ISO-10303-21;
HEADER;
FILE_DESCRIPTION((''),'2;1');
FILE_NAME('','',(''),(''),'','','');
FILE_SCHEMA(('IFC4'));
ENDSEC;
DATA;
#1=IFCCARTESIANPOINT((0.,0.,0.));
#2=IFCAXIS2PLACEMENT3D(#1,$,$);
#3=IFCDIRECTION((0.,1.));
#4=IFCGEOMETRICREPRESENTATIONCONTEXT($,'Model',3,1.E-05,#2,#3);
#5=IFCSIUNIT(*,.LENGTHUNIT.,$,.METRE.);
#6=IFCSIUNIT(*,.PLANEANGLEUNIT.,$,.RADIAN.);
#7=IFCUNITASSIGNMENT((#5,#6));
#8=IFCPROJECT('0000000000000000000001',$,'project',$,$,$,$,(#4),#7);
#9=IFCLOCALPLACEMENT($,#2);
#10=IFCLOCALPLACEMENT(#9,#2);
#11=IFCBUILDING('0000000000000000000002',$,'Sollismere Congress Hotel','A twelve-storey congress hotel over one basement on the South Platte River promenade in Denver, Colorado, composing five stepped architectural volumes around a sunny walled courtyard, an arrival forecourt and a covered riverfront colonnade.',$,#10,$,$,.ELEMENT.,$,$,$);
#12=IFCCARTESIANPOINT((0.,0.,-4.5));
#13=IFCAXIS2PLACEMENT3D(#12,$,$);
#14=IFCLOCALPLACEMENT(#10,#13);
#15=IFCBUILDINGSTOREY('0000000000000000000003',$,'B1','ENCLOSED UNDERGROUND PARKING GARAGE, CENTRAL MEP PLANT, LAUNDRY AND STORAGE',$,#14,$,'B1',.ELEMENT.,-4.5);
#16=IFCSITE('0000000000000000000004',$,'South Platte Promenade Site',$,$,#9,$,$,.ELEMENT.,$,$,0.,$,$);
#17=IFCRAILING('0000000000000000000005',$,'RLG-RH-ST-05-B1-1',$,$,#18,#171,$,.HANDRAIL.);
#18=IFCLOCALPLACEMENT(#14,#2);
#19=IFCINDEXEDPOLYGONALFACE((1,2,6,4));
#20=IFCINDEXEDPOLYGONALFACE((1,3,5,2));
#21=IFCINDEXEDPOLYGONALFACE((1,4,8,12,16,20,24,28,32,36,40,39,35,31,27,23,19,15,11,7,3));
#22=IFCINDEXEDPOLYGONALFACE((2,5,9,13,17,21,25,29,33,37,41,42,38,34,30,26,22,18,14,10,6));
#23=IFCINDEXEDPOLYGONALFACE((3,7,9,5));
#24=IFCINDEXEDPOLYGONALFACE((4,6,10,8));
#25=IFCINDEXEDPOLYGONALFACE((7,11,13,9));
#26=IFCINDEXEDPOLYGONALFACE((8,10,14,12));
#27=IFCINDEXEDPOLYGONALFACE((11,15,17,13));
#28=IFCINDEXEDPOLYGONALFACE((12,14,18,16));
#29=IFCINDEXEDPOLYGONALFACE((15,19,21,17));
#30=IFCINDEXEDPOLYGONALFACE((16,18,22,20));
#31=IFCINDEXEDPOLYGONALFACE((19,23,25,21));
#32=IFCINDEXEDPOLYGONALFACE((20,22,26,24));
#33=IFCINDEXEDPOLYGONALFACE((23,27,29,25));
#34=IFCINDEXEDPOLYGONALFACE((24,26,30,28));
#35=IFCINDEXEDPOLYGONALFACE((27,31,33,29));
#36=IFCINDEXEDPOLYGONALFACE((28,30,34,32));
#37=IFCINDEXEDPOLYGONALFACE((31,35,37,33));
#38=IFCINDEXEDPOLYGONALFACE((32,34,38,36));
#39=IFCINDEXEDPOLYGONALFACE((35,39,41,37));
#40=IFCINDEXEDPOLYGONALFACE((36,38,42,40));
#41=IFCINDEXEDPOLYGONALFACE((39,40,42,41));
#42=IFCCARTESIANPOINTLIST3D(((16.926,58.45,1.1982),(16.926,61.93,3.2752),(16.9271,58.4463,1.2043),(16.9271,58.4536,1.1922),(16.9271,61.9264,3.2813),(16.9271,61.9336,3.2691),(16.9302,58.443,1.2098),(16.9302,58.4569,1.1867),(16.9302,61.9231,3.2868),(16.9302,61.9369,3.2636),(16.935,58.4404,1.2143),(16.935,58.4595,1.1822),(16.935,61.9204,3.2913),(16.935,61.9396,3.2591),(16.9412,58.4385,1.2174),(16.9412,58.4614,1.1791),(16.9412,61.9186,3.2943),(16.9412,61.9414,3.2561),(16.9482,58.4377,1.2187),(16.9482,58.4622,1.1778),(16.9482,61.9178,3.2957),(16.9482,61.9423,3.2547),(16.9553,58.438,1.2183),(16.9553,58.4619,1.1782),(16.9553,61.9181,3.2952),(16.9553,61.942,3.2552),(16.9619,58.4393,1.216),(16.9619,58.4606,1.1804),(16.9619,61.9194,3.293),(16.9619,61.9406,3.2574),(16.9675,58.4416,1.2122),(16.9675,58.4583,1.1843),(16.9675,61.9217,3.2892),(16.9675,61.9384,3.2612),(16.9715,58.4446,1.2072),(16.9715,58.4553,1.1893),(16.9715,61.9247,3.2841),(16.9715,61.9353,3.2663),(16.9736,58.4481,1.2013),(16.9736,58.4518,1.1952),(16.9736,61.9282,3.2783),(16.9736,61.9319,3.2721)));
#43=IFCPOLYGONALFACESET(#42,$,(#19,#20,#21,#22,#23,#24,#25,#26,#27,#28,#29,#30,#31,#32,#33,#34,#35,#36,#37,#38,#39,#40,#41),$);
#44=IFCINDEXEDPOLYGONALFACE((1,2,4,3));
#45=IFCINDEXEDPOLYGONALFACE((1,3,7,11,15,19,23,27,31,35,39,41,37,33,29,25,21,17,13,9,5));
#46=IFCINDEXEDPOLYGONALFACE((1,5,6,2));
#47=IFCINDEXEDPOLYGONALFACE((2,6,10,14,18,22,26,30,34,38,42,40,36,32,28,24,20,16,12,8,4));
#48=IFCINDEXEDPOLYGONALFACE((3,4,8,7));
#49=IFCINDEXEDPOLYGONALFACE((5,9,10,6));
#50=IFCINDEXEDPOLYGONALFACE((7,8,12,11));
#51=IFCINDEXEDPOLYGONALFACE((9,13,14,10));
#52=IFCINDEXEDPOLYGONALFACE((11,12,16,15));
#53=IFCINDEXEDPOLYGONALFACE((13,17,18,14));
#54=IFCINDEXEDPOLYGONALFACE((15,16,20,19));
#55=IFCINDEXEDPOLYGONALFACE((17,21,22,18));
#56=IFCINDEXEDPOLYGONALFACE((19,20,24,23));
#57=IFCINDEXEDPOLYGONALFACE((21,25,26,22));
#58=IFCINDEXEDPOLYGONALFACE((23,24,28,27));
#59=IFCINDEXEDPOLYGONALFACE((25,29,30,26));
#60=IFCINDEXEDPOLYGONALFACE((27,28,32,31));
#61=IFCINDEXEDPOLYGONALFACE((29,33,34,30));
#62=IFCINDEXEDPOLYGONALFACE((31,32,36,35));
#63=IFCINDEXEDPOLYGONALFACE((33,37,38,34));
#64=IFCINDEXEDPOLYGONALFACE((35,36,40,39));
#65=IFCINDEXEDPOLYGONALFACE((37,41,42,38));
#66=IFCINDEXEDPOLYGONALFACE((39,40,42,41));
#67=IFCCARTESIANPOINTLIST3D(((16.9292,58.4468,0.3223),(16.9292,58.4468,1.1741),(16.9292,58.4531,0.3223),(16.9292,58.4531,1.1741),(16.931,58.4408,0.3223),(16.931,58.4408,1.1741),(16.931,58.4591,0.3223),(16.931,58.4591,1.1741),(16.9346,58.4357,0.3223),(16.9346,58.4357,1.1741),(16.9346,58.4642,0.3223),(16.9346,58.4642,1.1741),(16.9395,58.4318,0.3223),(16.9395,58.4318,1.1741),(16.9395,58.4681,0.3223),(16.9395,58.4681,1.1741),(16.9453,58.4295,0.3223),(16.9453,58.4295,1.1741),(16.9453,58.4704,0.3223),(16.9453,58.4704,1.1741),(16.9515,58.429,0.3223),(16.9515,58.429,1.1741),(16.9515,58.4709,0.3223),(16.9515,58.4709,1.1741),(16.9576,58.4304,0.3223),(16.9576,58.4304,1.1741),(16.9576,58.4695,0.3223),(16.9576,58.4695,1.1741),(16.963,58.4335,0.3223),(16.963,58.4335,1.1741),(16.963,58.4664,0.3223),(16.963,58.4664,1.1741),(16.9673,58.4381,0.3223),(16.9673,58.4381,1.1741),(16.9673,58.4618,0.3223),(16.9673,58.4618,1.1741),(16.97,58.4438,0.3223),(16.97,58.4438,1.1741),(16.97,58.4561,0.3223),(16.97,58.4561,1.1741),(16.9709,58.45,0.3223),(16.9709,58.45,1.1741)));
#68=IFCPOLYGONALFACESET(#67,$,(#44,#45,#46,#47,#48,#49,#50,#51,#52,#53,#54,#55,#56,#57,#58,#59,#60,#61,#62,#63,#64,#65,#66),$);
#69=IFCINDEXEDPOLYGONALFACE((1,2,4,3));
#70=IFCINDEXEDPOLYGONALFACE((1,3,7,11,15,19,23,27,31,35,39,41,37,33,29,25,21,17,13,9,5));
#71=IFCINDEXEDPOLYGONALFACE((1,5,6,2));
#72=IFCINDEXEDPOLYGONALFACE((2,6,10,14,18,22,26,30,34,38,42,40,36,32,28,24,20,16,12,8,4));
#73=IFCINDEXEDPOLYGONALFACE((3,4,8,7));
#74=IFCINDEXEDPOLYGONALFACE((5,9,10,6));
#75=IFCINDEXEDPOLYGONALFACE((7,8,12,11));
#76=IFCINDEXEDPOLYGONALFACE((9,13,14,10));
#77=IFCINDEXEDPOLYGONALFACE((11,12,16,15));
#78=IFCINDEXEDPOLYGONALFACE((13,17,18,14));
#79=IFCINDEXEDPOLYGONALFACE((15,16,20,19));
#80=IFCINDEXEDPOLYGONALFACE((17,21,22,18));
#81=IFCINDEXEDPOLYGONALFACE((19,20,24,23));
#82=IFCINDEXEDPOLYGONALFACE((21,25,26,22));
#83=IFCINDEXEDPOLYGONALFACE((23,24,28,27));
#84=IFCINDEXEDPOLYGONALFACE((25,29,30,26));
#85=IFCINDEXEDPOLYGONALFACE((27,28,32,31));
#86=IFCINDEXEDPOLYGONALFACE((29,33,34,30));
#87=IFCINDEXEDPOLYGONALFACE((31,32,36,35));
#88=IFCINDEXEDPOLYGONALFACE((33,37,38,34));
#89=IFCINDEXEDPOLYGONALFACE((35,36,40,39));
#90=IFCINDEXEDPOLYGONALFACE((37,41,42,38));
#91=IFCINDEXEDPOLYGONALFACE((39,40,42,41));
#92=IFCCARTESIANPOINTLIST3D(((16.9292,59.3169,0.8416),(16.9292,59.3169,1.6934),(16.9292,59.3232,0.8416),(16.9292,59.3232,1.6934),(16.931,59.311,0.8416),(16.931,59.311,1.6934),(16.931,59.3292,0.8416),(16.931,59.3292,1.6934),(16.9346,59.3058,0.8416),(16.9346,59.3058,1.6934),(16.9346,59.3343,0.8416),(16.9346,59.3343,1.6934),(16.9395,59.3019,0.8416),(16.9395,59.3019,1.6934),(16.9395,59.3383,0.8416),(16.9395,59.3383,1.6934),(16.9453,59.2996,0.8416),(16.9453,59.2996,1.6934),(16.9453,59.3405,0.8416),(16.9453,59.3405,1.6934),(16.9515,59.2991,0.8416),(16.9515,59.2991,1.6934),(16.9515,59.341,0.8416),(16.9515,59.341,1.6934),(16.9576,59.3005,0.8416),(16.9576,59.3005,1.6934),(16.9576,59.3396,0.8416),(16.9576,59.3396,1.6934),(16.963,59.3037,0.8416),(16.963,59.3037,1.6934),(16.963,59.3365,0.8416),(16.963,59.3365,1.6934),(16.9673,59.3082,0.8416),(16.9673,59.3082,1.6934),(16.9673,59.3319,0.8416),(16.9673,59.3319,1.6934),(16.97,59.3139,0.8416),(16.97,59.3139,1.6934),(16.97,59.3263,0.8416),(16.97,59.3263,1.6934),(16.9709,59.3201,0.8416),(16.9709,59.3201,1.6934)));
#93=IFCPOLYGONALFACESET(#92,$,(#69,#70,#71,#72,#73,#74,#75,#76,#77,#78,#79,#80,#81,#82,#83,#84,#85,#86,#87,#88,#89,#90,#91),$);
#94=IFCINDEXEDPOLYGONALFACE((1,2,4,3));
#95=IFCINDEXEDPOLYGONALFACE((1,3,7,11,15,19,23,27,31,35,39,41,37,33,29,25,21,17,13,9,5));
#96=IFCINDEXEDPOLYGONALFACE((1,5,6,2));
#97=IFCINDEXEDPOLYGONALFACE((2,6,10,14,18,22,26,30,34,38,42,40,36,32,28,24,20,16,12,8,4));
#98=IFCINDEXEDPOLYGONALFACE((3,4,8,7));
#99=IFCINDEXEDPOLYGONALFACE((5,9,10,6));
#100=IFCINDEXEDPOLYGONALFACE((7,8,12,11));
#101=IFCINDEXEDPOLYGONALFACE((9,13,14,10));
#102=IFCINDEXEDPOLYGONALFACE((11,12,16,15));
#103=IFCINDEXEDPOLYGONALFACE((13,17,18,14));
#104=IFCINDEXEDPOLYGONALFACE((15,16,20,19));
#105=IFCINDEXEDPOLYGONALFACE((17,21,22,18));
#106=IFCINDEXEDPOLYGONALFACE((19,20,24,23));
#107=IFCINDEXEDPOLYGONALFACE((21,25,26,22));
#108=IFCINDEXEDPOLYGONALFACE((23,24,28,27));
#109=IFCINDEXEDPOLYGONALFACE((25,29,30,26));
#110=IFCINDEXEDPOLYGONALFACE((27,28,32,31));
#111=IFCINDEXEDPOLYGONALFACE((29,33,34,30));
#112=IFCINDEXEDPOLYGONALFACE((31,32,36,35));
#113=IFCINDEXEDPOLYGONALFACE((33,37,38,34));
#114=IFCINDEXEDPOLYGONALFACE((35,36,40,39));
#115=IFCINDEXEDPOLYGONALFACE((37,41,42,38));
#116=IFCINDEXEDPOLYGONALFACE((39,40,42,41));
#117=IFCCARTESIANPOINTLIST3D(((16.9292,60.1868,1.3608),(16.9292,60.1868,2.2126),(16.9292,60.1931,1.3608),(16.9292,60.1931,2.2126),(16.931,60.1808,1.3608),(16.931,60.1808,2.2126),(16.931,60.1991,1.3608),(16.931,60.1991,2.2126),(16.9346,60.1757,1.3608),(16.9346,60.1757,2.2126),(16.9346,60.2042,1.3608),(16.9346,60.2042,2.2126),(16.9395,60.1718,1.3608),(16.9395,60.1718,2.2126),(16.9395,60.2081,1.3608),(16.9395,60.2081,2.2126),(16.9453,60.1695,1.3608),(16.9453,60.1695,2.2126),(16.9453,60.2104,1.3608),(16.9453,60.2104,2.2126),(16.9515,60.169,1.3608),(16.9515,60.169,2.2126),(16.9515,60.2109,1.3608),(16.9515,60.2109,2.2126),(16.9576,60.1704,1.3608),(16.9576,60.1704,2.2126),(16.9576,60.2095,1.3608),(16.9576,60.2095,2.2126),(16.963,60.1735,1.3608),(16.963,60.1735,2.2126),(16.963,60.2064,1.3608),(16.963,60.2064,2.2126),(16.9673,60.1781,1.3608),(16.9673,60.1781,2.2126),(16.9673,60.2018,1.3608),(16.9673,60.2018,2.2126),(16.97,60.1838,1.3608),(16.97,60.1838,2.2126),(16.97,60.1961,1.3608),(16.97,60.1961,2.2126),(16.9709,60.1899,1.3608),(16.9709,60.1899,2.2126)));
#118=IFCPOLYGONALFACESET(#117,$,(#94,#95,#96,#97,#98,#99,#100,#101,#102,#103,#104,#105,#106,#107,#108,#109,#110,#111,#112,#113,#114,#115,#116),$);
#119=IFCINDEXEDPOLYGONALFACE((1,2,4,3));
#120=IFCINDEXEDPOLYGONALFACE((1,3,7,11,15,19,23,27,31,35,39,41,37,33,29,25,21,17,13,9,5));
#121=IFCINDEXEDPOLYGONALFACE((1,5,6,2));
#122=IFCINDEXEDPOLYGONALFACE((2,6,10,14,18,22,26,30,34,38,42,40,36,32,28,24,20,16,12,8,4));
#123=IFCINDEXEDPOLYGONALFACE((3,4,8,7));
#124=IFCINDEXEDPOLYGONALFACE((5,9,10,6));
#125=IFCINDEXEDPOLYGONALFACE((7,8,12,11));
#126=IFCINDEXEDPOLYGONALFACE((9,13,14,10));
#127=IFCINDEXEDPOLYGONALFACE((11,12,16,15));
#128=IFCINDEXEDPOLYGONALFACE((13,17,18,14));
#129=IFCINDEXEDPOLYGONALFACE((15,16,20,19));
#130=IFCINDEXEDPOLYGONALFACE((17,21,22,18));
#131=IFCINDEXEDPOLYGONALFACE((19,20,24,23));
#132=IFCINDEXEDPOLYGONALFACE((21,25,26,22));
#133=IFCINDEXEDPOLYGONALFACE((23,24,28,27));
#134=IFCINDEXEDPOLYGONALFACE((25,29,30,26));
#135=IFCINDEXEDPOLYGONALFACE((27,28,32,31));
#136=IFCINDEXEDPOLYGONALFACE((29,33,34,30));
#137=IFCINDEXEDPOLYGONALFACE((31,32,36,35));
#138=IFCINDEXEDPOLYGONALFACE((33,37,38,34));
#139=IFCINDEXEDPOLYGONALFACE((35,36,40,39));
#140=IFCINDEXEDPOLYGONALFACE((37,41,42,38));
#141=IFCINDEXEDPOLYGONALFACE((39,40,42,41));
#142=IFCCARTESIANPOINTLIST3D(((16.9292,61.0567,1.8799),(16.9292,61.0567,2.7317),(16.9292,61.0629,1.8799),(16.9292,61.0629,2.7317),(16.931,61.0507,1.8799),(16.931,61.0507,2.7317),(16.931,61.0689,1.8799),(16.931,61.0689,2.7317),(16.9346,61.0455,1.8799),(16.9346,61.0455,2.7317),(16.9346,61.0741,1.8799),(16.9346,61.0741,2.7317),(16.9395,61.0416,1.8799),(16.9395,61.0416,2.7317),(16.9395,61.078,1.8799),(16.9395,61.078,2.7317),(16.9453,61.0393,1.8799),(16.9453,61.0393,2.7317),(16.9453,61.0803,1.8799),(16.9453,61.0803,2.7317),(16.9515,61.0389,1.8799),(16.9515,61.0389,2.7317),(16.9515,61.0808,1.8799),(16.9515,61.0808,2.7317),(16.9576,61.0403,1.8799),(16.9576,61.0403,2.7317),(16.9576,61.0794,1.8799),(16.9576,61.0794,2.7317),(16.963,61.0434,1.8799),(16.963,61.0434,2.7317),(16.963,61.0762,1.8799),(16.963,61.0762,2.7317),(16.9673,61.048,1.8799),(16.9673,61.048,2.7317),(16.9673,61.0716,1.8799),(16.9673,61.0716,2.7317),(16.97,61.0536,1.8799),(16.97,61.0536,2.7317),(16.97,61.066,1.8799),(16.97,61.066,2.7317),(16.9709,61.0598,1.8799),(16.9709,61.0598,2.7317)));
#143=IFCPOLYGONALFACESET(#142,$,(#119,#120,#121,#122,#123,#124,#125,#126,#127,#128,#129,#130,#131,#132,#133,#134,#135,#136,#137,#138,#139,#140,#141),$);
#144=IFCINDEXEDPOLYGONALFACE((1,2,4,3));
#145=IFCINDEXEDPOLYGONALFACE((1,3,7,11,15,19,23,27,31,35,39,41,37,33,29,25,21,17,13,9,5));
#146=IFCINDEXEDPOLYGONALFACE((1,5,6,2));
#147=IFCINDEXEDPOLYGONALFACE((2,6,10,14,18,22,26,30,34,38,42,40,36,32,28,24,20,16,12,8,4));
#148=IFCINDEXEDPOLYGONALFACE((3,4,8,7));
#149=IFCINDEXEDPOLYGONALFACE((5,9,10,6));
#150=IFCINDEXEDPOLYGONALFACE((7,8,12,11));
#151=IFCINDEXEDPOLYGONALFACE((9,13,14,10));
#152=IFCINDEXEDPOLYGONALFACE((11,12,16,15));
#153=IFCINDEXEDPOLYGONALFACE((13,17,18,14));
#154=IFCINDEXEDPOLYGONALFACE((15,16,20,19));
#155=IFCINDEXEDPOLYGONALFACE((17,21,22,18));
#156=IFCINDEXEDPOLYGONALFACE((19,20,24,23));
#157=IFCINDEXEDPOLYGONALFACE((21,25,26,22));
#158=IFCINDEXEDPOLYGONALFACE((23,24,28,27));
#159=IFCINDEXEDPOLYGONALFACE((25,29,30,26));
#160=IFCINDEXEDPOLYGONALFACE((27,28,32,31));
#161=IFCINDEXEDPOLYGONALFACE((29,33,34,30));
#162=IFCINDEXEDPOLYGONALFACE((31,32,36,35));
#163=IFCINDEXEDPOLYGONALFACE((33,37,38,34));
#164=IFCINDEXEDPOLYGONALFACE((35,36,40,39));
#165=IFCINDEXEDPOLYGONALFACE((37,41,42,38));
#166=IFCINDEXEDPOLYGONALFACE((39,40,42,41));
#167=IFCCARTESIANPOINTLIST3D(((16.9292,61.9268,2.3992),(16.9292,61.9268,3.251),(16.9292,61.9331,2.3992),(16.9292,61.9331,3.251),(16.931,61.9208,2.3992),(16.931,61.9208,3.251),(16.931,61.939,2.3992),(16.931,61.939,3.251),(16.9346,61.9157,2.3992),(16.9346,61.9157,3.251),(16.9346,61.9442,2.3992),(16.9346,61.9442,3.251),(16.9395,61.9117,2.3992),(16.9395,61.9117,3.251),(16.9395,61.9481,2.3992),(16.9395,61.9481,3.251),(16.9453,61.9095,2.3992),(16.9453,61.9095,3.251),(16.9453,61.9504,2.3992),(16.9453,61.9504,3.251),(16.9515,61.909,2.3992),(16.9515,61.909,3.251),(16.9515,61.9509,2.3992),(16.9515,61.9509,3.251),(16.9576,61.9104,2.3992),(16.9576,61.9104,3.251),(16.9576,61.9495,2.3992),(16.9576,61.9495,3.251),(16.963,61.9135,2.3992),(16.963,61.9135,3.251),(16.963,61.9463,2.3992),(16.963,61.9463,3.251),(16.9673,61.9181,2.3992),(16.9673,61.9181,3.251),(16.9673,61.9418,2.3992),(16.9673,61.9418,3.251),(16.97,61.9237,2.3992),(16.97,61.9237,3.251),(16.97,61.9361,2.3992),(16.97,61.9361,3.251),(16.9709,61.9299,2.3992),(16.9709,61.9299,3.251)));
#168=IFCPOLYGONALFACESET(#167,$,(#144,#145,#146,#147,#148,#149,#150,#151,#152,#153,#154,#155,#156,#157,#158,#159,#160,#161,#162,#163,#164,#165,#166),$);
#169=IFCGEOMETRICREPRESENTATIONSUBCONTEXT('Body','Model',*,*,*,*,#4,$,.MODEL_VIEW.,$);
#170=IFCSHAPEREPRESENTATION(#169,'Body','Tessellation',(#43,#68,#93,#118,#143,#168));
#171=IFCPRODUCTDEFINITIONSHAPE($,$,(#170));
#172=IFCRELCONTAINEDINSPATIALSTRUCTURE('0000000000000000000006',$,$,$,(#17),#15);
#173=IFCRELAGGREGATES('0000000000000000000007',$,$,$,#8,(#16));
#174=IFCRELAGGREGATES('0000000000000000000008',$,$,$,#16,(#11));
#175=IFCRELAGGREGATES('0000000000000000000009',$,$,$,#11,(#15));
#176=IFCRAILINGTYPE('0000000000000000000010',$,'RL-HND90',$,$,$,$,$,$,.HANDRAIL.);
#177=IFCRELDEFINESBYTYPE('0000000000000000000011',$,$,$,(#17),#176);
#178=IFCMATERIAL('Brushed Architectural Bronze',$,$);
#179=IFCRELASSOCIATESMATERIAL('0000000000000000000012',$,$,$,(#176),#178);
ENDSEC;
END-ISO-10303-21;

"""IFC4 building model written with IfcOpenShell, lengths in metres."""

from ifc_helpers import new_model, si_unit, direction, frame, origin, origin_2d, place, context, subcontext, project, spatial, circle, extrude, material, type_object, element, save


model = new_model("IFC4")

# Units and contexts
model_context = context("Model", 3, precision=1e-05, world=origin(), true_north=direction((0.0, 1.0)))
body_context = subcontext(model_context, "Body", "Model", "MODEL_VIEW")
ifc_project = project(units=[si_unit("LENGTHUNIT", "METRE"), si_unit("PLANEANGLEUNIT", "RADIAN")], contexts=[model_context])

# Site, building, storey
site_placement = place(None, origin())
site = spatial("IfcSite", under=ifc_project, at=site_placement, Name="South Platte Promenade Site", CompositionType="ELEMENT", RefElevation=0.0)
building_placement = place(site_placement, origin())
building = spatial("IfcBuilding", under=site, at=building_placement, Name="Sollismere Congress Hotel", Description="A twelve-storey congress hotel over one basement on the South Platte River promenade in Denver, Colorado, composing five stepped architectural volumes around a sunny walled courtyard, an arrival forecourt and a covered riverfront colonnade.", CompositionType="ELEMENT")
storey_placement = place(building_placement, frame((0.0, 0.0, -4.5)))
storey = spatial("IfcBuildingStorey", under=building, at=storey_placement, Name="B1", Description="ENCLOSED UNDERGROUND PARKING GARAGE, CENTRAL MEP PLANT, LAUNDRY AND STORAGE", LongName="B1", CompositionType="ELEMENT", Elevation=-4.5)

# Railing
ifc_material_1 = material(Name="Brushed Architectural Bronze")
railing_type_1 = type_object("IfcRailingType", Name="RL-HND90", PredefinedType="HANDRAIL", material=ifc_material_1)
railing_1_placement = place(storey_placement, frame((16.95, 58.45, 0.3223)))
element("IfcRailing", 1, at=railing_1_placement, inside=storey, type_object=railing_type_1, Name="RLG-RH-ST-05-B1-1", PredefinedType="HANDRAIL", context=body_context, shape_type="SweptSolid", body=[
    extrude(circle(Radius=0.0239, at=origin_2d()), frame((0.0, 0.0, 0.876), z_axis=(0.0, 0.858697, 0.512483), x_axis=(-1.0, 0.0, 0.0)), (0.0, 0.0, 1.0), 4.0527),
    extrude(circle(Radius=0.021, at=origin_2d()), origin(), (0.0, 0.0, 1.0), 0.8518),
    extrude(circle(Radius=0.021, at=origin_2d()), frame((0.0, 0.8701, 0.5193)), (0.0, 0.0, 1.0), 0.8518),
    extrude(circle(Radius=0.021, at=origin_2d()), frame((0.0, 1.74, 1.0386)), (0.0, 0.0, 1.0), 0.8518),
    extrude(circle(Radius=0.021, at=origin_2d()), frame((0.0, 2.6099, 1.5576)), (0.0, 0.0, 1.0), 0.8518),
    extrude(circle(Radius=0.021, at=origin_2d()), frame((0.0, 3.48, 2.0769)), (0.0, 0.0, 1.0), 0.8518),
])

save(model, "model.ifc")
